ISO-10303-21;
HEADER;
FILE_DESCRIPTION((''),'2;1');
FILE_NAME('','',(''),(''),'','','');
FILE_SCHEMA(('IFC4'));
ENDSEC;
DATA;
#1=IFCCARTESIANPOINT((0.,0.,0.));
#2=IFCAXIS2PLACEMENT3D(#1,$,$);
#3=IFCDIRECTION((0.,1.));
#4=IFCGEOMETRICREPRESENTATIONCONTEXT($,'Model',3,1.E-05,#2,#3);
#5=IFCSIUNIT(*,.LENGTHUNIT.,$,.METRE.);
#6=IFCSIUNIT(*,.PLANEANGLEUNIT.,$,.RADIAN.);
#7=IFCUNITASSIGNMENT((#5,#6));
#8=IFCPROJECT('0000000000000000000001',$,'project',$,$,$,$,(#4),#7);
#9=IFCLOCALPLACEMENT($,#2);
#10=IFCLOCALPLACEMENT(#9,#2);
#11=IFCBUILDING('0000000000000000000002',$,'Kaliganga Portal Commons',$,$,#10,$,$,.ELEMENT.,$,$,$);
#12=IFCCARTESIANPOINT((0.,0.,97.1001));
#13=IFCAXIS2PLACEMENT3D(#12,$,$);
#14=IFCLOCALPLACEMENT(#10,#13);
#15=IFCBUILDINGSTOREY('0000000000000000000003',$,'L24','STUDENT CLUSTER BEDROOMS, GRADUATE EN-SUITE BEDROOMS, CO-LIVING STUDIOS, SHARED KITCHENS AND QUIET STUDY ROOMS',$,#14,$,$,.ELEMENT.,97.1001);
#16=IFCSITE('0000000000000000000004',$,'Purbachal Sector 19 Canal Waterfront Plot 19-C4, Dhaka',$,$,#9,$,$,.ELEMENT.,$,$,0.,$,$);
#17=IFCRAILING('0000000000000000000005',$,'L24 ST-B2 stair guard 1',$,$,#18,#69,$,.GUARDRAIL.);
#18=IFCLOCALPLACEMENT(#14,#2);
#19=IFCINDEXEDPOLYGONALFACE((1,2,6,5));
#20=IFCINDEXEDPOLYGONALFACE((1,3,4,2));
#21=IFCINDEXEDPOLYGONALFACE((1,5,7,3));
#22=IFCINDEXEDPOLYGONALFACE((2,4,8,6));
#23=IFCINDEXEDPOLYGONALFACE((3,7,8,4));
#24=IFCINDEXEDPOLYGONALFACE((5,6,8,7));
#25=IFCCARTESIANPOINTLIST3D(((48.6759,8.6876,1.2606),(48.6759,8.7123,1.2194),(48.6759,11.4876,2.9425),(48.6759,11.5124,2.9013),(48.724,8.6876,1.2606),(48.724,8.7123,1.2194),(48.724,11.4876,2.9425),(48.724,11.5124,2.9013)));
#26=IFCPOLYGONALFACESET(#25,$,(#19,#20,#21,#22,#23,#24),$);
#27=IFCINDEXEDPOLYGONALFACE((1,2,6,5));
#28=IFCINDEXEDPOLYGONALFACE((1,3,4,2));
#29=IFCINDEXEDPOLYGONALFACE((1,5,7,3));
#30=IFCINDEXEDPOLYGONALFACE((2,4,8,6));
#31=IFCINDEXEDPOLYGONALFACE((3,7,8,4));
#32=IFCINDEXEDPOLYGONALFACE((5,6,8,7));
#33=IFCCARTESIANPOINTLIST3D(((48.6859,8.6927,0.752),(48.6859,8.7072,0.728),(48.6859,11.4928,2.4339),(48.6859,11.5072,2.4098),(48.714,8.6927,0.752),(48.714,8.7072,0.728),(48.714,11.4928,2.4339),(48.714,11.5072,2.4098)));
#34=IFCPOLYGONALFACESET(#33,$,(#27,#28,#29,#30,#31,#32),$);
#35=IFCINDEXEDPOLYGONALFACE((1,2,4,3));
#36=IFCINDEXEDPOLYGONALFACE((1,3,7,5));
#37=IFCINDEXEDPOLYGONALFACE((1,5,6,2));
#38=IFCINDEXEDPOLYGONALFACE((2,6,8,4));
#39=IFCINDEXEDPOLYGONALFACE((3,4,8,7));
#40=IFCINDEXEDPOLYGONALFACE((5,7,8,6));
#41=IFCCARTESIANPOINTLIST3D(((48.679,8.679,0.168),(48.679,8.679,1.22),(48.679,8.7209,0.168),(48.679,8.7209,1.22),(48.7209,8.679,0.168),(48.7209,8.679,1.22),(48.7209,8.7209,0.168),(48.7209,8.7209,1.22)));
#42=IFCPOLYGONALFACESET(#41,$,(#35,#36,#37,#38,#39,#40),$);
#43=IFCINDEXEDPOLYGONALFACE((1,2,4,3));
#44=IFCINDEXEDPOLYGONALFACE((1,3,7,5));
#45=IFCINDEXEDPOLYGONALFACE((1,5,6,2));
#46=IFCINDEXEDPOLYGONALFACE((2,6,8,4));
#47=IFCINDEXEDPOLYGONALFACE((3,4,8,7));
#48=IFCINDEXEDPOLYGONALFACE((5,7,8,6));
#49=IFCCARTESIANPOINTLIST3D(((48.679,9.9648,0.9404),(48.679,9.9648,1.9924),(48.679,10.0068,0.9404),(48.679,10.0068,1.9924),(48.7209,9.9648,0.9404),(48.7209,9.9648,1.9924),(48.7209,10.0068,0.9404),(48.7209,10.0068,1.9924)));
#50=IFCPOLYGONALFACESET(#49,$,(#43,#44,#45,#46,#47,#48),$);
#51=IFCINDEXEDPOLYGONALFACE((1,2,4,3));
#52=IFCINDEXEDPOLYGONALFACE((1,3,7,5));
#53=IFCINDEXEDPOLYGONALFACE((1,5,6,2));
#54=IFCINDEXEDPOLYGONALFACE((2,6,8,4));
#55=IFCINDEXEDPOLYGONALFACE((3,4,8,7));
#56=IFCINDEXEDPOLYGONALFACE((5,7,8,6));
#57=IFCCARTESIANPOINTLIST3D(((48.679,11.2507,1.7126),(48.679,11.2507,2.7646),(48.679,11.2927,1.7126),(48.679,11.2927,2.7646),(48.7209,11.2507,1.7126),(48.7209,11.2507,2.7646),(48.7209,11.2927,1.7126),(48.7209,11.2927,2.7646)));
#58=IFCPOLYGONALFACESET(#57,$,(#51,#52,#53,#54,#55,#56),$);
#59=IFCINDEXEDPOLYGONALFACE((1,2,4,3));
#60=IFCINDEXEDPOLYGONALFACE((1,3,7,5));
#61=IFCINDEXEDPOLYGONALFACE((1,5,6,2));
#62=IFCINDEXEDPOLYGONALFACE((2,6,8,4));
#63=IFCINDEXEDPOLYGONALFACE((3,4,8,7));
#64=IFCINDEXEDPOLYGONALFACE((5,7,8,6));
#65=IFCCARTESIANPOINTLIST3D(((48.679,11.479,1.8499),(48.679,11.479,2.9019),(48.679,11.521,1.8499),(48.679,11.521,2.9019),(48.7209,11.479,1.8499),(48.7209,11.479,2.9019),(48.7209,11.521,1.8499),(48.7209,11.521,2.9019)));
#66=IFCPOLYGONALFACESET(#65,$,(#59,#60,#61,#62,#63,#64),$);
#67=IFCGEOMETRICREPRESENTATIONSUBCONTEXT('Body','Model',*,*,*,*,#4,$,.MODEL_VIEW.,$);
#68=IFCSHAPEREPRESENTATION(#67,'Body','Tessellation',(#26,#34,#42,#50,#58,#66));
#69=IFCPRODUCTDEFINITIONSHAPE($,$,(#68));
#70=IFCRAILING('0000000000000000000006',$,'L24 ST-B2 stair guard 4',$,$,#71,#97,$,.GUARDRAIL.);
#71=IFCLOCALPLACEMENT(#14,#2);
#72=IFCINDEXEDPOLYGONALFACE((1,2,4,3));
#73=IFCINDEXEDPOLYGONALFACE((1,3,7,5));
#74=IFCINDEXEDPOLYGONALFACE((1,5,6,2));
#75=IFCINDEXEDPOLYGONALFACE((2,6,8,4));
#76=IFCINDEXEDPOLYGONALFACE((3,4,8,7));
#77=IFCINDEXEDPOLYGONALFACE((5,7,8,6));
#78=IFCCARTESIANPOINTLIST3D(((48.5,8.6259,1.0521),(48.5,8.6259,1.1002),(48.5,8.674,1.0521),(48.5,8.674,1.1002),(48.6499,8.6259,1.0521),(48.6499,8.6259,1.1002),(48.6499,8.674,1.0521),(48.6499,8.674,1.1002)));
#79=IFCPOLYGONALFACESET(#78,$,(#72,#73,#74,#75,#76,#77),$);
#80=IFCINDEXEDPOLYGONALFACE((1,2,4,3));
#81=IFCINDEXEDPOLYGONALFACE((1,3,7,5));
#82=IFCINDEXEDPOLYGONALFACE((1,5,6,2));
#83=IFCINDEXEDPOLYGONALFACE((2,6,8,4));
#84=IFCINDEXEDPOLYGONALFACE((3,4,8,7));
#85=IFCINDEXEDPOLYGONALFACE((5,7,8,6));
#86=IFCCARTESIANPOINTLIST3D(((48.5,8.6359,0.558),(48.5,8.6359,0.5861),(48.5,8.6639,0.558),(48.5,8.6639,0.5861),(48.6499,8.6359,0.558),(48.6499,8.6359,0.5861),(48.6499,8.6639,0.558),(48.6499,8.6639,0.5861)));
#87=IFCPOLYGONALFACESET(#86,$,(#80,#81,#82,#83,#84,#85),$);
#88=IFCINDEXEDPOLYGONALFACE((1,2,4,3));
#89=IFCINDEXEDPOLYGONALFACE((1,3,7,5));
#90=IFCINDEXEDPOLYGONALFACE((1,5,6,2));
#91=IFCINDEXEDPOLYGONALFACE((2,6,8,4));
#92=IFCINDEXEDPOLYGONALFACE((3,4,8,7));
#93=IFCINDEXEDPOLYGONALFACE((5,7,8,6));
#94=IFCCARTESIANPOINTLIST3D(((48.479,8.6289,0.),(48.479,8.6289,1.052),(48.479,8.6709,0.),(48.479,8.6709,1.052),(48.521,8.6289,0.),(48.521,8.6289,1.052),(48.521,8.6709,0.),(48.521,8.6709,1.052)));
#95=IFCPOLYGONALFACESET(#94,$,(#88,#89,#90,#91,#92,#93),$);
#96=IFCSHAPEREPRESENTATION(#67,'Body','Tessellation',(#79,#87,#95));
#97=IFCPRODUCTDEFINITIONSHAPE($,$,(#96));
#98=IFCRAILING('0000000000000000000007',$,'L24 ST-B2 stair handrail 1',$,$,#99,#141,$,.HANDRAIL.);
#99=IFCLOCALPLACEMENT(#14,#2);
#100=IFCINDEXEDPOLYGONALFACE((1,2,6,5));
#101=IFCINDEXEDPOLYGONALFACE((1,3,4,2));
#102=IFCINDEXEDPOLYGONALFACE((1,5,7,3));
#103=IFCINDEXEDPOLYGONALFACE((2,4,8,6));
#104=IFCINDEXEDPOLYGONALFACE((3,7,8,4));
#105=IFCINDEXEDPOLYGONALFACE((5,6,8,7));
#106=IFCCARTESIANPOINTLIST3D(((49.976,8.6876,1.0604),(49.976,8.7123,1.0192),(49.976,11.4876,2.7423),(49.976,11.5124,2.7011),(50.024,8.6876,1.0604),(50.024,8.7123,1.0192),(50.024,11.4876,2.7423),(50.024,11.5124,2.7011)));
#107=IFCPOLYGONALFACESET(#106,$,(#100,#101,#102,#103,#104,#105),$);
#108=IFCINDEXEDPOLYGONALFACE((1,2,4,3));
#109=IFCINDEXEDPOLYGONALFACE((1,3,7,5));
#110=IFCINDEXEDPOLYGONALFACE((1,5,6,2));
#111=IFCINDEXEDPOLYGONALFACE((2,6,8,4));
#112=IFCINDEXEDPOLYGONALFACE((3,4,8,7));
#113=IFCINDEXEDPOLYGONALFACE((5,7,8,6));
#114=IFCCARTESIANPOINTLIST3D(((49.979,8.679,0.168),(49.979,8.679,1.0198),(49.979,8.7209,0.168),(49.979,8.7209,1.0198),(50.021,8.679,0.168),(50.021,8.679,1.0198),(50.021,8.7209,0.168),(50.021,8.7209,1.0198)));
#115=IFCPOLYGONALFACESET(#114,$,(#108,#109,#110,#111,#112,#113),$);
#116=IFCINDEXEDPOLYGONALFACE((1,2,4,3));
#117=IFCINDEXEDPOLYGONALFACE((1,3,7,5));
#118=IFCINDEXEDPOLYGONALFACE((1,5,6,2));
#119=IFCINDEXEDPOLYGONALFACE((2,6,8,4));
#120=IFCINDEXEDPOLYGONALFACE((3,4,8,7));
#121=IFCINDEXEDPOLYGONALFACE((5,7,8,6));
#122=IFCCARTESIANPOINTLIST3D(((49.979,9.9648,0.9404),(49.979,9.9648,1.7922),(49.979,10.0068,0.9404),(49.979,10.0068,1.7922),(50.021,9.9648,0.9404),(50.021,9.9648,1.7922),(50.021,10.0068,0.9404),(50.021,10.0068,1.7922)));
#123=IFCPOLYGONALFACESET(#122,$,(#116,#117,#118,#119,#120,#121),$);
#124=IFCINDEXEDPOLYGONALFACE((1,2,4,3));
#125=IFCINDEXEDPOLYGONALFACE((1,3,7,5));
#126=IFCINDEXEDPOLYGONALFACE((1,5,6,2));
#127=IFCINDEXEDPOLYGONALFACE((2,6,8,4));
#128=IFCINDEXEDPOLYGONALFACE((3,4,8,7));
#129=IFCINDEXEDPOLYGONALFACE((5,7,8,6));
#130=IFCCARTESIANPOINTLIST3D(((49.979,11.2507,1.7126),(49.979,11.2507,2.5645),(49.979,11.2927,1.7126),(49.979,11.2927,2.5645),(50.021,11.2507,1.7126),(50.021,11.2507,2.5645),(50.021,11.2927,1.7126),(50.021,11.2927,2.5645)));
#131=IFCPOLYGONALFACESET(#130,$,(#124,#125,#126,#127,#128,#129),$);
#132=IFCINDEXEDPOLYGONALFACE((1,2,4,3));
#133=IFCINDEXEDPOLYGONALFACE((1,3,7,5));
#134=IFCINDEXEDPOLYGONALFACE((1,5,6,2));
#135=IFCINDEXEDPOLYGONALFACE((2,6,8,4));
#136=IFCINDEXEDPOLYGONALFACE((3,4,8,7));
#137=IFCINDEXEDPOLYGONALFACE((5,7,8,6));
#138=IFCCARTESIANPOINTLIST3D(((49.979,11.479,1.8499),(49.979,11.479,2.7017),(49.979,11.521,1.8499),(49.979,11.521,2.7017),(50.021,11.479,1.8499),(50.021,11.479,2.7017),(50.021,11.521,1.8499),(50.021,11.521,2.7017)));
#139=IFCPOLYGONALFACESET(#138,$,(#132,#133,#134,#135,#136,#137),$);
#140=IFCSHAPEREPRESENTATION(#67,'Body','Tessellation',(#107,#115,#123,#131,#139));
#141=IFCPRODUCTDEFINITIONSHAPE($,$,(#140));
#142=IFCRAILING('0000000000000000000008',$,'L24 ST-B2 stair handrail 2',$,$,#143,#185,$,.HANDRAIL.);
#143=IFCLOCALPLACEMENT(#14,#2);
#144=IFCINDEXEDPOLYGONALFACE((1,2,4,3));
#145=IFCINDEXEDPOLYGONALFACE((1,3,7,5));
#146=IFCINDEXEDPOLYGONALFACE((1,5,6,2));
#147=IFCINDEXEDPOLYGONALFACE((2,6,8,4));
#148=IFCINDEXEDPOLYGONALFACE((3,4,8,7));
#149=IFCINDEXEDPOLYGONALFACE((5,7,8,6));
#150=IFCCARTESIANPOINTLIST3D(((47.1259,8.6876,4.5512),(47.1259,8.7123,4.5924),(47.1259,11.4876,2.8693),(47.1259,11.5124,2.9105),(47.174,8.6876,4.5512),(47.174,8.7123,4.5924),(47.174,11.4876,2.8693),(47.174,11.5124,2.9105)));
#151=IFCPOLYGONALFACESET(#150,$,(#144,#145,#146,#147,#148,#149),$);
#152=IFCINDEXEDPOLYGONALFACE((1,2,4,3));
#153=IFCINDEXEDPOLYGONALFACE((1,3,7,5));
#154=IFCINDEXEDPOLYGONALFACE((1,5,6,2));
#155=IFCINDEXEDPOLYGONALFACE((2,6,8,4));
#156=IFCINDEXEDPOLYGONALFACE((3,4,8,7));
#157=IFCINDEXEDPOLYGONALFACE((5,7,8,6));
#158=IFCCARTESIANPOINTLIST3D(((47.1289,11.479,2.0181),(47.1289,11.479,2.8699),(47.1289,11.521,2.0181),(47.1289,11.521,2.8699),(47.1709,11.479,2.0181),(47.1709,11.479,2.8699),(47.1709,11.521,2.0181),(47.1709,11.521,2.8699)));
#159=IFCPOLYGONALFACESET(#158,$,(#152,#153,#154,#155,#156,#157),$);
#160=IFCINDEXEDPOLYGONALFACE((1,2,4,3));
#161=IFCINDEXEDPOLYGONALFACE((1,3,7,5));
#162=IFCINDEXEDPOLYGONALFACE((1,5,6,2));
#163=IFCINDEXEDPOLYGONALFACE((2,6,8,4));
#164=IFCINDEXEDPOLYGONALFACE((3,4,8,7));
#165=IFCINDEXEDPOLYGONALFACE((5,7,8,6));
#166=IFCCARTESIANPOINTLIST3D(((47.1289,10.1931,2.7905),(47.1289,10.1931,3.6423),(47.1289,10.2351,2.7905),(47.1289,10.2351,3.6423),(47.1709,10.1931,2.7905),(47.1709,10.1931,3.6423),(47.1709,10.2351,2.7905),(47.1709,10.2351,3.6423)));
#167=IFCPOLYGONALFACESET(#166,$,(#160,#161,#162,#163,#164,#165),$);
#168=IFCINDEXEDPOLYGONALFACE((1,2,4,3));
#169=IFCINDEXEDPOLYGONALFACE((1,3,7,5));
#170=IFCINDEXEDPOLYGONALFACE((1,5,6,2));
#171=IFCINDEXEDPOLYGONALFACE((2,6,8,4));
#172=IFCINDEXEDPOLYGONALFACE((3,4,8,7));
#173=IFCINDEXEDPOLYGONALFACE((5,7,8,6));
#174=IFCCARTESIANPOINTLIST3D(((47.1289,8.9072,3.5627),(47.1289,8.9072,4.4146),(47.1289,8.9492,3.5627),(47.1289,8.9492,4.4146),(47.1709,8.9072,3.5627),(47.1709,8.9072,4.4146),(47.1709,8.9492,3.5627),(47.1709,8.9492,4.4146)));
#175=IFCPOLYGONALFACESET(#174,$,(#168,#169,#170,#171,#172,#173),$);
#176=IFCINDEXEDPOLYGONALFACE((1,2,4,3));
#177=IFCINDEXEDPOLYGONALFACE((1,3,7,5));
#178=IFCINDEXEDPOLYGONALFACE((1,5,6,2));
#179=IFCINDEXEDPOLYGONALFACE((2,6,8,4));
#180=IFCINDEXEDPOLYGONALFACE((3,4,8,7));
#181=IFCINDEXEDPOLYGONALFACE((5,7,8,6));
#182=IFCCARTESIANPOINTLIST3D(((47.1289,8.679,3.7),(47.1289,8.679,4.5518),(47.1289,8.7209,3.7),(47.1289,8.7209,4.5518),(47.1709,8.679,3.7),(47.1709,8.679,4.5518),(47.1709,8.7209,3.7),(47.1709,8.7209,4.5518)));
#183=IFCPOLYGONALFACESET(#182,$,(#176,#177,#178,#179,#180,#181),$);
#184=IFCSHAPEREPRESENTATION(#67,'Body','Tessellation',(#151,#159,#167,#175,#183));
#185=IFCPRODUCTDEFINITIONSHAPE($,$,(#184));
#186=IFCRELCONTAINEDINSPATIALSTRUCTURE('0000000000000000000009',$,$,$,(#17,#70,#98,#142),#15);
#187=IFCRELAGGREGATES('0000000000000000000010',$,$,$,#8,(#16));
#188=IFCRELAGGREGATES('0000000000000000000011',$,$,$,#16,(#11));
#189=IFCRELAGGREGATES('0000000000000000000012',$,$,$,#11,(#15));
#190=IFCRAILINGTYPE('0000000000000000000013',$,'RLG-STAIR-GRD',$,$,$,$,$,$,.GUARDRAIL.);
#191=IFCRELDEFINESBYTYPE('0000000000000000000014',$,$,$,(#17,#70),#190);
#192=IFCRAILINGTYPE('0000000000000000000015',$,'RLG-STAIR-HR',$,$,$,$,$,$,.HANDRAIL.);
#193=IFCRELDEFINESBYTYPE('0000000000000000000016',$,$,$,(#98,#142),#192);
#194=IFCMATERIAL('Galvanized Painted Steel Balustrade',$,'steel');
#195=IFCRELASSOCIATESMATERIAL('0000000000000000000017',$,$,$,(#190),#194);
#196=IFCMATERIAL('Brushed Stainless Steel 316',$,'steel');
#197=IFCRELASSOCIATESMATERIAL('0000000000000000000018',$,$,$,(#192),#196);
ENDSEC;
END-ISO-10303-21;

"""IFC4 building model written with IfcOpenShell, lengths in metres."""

from ifc_helpers import new_model, si_unit, direction, frame, origin, origin_2d, place, context, subcontext, project, spatial, rectangle, extrude, material, type_object, element, save


model = new_model("IFC4")

# Units and contexts
model_context = context("Model", 3, precision=1e-05, world=origin(), true_north=direction((0.0, 1.0)))
body_context = subcontext(model_context, "Body", "Model", "MODEL_VIEW")
ifc_project = project(units=[si_unit("LENGTHUNIT", "METRE"), si_unit("PLANEANGLEUNIT", "RADIAN")], contexts=[model_context])

# Site, building, storey
site_placement = place(None, origin())
site = spatial("IfcSite", under=ifc_project, at=site_placement, Name="Purbachal Sector 19 Canal Waterfront Plot 19-C4, Dhaka", CompositionType="ELEMENT", RefElevation=0.0)
building_placement = place(site_placement, origin())
building = spatial("IfcBuilding", under=site, at=building_placement, Name="Kaliganga Portal Commons", CompositionType="ELEMENT")
storey_placement = place(building_placement, frame((0.0, 0.0, 97.1001)))
storey = spatial("IfcBuildingStorey", under=building, at=storey_placement, Name="L24", Description="STUDENT CLUSTER BEDROOMS, GRADUATE EN-SUITE BEDROOMS, CO-LIVING STUDIOS, SHARED KITCHENS AND QUIET STUDY ROOMS", CompositionType="ELEMENT", Elevation=97.1001)

# Railings
ifc_material_1 = material(Name="Galvanized Painted Steel Balustrade", Category="steel")
railing_type_1 = type_object("IfcRailingType", Name="RLG-STAIR-GRD", PredefinedType="GUARDRAIL", material=ifc_material_1)
railing_1_placement = place(storey_placement, frame((48.7, 8.7, 0.168)))
element("IfcRailing", 1, at=railing_1_placement, inside=storey, type_object=railing_type_1, Name="L24 ST-B2 stair guard 1", PredefinedType="GUARDRAIL", context=body_context, shape_type="SweptSolid", body=[
    extrude(rectangle(XDim=0.0481, YDim=0.0481, at=origin_2d()), frame((0.0, 0.0, 1.072), z_axis=(0.0, 0.857242, 0.514913), x_axis=(-1.0, 0.0, 0.0)), (0.0, 0.0, 1.0), 3.2664),
    extrude(rectangle(XDim=0.0281, YDim=0.0281, at=origin_2d()), frame((0.0, 0.0, 0.572), z_axis=(0.0, 0.857242, 0.514913), x_axis=(-1.0, 0.0, 0.0)), (0.0, 0.0, 1.0), 3.2664),
    extrude(rectangle(XDim=0.042, YDim=0.042, at=origin_2d()), origin(), (0.0, 0.0, 1.0), 1.052),
    extrude(rectangle(XDim=0.042, YDim=0.042, at=origin_2d()), frame((0.0, 1.2859, 0.7725)), (0.0, 0.0, 1.0), 1.052),
    extrude(rectangle(XDim=0.042, YDim=0.042, at=origin_2d()), frame((0.0, 2.5718, 1.5447)), (0.0, 0.0, 1.0), 1.052),
    extrude(rectangle(XDim=0.042, YDim=0.042, at=origin_2d()), frame((0.0, 2.8, 1.6819)), (0.0, 0.0, 1.0), 1.052),
])
railing_2_placement = place(storey_placement, frame((48.6499, 8.6499, 0.0)))
element("IfcRailing", 2, at=railing_2_placement, inside=storey, type_object=railing_type_1, Name="L24 ST-B2 stair guard 4", PredefinedType="GUARDRAIL", context=body_context, shape_type="SweptSolid", body=[
    extrude(rectangle(XDim=0.0481, YDim=0.0481, at=origin_2d()), frame((0.0, 0.0, 1.0762), z_axis=(-1.0, 0.0, 0.0), x_axis=(0.0, -1.0, 0.0)), (0.0, 0.0, 1.0), 0.1499),
    extrude(rectangle(XDim=0.0281, YDim=0.0281, at=origin_2d()), frame((0.0, 0.0, 0.572), z_axis=(-1.0, 0.0, 0.0), x_axis=(0.0, -1.0, 0.0)), (0.0, 0.0, 1.0), 0.1499),
    extrude(rectangle(XDim=0.042, YDim=0.042, at=origin_2d()), frame((-0.1499, 0.0, 0.0)), (0.0, 0.0, 1.0), 1.052),
])
ifc_material_2 = material(Name="Brushed Stainless Steel 316", Category="steel")
railing_type_2 = type_object("IfcRailingType", Name="RLG-STAIR-HR", PredefinedType="HANDRAIL", material=ifc_material_2)
railing_3_placement = place(storey_placement, frame((50.0, 8.7, 0.168)))
element("IfcRailing", 3, at=railing_3_placement, inside=storey, type_object=railing_type_2, Name="L24 ST-B2 stair handrail 1", PredefinedType="HANDRAIL", context=body_context, shape_type="SweptSolid", body=[
    extrude(rectangle(XDim=0.0481, YDim=0.0481, at=origin_2d()), frame((0.0, 0.0, 0.8718), z_axis=(0.0, 0.857242, 0.514913), x_axis=(-1.0, 0.0, 0.0)), (0.0, 0.0, 1.0), 3.2664),
    extrude(rectangle(XDim=0.042, YDim=0.042, at=origin_2d()), origin(), (0.0, 0.0, 1.0), 0.8518),
    extrude(rectangle(XDim=0.042, YDim=0.042, at=origin_2d()), frame((0.0, 1.2859, 0.7725)), (0.0, 0.0, 1.0), 0.8518),
    extrude(rectangle(XDim=0.042, YDim=0.042, at=origin_2d()), frame((0.0, 2.5718, 1.5447)), (0.0, 0.0, 1.0), 0.8518),
    extrude(rectangle(XDim=0.042, YDim=0.042, at=origin_2d()), frame((0.0, 2.8, 1.6819)), (0.0, 0.0, 1.0), 0.8518),
])
railing_4_placement = place(storey_placement, frame((47.1499, 11.5, 2.0181)))
element("IfcRailing", 4, at=railing_4_placement, inside=storey, type_object=railing_type_2, Name="L24 ST-B2 stair handrail 2", PredefinedType="HANDRAIL", context=body_context, shape_type="SweptSolid", body=[
    extrude(rectangle(XDim=0.0481, YDim=0.0481, at=origin_2d()), frame((0.0, 0.0, 0.8718), z_axis=(0.0, -0.857242, 0.514913), x_axis=(1.0, 0.0, 0.0)), (0.0, 0.0, 1.0), 3.2664),
    extrude(rectangle(XDim=0.042, YDim=0.042, at=origin_2d()), origin(), (0.0, 0.0, 1.0), 0.8518),
    extrude(rectangle(XDim=0.042, YDim=0.042, at=origin_2d()), frame((0.0, -1.2859, 0.7725)), (0.0, 0.0, 1.0), 0.8518),
    extrude(rectangle(XDim=0.042, YDim=0.042, at=origin_2d()), frame((0.0, -2.5718, 1.5447)), (0.0, 0.0, 1.0), 0.8518),
    extrude(rectangle(XDim=0.042, YDim=0.042, at=origin_2d()), frame((0.0, -2.8, 1.6819)), (0.0, 0.0, 1.0), 0.8518),
])

save(model, "model.ifc")
